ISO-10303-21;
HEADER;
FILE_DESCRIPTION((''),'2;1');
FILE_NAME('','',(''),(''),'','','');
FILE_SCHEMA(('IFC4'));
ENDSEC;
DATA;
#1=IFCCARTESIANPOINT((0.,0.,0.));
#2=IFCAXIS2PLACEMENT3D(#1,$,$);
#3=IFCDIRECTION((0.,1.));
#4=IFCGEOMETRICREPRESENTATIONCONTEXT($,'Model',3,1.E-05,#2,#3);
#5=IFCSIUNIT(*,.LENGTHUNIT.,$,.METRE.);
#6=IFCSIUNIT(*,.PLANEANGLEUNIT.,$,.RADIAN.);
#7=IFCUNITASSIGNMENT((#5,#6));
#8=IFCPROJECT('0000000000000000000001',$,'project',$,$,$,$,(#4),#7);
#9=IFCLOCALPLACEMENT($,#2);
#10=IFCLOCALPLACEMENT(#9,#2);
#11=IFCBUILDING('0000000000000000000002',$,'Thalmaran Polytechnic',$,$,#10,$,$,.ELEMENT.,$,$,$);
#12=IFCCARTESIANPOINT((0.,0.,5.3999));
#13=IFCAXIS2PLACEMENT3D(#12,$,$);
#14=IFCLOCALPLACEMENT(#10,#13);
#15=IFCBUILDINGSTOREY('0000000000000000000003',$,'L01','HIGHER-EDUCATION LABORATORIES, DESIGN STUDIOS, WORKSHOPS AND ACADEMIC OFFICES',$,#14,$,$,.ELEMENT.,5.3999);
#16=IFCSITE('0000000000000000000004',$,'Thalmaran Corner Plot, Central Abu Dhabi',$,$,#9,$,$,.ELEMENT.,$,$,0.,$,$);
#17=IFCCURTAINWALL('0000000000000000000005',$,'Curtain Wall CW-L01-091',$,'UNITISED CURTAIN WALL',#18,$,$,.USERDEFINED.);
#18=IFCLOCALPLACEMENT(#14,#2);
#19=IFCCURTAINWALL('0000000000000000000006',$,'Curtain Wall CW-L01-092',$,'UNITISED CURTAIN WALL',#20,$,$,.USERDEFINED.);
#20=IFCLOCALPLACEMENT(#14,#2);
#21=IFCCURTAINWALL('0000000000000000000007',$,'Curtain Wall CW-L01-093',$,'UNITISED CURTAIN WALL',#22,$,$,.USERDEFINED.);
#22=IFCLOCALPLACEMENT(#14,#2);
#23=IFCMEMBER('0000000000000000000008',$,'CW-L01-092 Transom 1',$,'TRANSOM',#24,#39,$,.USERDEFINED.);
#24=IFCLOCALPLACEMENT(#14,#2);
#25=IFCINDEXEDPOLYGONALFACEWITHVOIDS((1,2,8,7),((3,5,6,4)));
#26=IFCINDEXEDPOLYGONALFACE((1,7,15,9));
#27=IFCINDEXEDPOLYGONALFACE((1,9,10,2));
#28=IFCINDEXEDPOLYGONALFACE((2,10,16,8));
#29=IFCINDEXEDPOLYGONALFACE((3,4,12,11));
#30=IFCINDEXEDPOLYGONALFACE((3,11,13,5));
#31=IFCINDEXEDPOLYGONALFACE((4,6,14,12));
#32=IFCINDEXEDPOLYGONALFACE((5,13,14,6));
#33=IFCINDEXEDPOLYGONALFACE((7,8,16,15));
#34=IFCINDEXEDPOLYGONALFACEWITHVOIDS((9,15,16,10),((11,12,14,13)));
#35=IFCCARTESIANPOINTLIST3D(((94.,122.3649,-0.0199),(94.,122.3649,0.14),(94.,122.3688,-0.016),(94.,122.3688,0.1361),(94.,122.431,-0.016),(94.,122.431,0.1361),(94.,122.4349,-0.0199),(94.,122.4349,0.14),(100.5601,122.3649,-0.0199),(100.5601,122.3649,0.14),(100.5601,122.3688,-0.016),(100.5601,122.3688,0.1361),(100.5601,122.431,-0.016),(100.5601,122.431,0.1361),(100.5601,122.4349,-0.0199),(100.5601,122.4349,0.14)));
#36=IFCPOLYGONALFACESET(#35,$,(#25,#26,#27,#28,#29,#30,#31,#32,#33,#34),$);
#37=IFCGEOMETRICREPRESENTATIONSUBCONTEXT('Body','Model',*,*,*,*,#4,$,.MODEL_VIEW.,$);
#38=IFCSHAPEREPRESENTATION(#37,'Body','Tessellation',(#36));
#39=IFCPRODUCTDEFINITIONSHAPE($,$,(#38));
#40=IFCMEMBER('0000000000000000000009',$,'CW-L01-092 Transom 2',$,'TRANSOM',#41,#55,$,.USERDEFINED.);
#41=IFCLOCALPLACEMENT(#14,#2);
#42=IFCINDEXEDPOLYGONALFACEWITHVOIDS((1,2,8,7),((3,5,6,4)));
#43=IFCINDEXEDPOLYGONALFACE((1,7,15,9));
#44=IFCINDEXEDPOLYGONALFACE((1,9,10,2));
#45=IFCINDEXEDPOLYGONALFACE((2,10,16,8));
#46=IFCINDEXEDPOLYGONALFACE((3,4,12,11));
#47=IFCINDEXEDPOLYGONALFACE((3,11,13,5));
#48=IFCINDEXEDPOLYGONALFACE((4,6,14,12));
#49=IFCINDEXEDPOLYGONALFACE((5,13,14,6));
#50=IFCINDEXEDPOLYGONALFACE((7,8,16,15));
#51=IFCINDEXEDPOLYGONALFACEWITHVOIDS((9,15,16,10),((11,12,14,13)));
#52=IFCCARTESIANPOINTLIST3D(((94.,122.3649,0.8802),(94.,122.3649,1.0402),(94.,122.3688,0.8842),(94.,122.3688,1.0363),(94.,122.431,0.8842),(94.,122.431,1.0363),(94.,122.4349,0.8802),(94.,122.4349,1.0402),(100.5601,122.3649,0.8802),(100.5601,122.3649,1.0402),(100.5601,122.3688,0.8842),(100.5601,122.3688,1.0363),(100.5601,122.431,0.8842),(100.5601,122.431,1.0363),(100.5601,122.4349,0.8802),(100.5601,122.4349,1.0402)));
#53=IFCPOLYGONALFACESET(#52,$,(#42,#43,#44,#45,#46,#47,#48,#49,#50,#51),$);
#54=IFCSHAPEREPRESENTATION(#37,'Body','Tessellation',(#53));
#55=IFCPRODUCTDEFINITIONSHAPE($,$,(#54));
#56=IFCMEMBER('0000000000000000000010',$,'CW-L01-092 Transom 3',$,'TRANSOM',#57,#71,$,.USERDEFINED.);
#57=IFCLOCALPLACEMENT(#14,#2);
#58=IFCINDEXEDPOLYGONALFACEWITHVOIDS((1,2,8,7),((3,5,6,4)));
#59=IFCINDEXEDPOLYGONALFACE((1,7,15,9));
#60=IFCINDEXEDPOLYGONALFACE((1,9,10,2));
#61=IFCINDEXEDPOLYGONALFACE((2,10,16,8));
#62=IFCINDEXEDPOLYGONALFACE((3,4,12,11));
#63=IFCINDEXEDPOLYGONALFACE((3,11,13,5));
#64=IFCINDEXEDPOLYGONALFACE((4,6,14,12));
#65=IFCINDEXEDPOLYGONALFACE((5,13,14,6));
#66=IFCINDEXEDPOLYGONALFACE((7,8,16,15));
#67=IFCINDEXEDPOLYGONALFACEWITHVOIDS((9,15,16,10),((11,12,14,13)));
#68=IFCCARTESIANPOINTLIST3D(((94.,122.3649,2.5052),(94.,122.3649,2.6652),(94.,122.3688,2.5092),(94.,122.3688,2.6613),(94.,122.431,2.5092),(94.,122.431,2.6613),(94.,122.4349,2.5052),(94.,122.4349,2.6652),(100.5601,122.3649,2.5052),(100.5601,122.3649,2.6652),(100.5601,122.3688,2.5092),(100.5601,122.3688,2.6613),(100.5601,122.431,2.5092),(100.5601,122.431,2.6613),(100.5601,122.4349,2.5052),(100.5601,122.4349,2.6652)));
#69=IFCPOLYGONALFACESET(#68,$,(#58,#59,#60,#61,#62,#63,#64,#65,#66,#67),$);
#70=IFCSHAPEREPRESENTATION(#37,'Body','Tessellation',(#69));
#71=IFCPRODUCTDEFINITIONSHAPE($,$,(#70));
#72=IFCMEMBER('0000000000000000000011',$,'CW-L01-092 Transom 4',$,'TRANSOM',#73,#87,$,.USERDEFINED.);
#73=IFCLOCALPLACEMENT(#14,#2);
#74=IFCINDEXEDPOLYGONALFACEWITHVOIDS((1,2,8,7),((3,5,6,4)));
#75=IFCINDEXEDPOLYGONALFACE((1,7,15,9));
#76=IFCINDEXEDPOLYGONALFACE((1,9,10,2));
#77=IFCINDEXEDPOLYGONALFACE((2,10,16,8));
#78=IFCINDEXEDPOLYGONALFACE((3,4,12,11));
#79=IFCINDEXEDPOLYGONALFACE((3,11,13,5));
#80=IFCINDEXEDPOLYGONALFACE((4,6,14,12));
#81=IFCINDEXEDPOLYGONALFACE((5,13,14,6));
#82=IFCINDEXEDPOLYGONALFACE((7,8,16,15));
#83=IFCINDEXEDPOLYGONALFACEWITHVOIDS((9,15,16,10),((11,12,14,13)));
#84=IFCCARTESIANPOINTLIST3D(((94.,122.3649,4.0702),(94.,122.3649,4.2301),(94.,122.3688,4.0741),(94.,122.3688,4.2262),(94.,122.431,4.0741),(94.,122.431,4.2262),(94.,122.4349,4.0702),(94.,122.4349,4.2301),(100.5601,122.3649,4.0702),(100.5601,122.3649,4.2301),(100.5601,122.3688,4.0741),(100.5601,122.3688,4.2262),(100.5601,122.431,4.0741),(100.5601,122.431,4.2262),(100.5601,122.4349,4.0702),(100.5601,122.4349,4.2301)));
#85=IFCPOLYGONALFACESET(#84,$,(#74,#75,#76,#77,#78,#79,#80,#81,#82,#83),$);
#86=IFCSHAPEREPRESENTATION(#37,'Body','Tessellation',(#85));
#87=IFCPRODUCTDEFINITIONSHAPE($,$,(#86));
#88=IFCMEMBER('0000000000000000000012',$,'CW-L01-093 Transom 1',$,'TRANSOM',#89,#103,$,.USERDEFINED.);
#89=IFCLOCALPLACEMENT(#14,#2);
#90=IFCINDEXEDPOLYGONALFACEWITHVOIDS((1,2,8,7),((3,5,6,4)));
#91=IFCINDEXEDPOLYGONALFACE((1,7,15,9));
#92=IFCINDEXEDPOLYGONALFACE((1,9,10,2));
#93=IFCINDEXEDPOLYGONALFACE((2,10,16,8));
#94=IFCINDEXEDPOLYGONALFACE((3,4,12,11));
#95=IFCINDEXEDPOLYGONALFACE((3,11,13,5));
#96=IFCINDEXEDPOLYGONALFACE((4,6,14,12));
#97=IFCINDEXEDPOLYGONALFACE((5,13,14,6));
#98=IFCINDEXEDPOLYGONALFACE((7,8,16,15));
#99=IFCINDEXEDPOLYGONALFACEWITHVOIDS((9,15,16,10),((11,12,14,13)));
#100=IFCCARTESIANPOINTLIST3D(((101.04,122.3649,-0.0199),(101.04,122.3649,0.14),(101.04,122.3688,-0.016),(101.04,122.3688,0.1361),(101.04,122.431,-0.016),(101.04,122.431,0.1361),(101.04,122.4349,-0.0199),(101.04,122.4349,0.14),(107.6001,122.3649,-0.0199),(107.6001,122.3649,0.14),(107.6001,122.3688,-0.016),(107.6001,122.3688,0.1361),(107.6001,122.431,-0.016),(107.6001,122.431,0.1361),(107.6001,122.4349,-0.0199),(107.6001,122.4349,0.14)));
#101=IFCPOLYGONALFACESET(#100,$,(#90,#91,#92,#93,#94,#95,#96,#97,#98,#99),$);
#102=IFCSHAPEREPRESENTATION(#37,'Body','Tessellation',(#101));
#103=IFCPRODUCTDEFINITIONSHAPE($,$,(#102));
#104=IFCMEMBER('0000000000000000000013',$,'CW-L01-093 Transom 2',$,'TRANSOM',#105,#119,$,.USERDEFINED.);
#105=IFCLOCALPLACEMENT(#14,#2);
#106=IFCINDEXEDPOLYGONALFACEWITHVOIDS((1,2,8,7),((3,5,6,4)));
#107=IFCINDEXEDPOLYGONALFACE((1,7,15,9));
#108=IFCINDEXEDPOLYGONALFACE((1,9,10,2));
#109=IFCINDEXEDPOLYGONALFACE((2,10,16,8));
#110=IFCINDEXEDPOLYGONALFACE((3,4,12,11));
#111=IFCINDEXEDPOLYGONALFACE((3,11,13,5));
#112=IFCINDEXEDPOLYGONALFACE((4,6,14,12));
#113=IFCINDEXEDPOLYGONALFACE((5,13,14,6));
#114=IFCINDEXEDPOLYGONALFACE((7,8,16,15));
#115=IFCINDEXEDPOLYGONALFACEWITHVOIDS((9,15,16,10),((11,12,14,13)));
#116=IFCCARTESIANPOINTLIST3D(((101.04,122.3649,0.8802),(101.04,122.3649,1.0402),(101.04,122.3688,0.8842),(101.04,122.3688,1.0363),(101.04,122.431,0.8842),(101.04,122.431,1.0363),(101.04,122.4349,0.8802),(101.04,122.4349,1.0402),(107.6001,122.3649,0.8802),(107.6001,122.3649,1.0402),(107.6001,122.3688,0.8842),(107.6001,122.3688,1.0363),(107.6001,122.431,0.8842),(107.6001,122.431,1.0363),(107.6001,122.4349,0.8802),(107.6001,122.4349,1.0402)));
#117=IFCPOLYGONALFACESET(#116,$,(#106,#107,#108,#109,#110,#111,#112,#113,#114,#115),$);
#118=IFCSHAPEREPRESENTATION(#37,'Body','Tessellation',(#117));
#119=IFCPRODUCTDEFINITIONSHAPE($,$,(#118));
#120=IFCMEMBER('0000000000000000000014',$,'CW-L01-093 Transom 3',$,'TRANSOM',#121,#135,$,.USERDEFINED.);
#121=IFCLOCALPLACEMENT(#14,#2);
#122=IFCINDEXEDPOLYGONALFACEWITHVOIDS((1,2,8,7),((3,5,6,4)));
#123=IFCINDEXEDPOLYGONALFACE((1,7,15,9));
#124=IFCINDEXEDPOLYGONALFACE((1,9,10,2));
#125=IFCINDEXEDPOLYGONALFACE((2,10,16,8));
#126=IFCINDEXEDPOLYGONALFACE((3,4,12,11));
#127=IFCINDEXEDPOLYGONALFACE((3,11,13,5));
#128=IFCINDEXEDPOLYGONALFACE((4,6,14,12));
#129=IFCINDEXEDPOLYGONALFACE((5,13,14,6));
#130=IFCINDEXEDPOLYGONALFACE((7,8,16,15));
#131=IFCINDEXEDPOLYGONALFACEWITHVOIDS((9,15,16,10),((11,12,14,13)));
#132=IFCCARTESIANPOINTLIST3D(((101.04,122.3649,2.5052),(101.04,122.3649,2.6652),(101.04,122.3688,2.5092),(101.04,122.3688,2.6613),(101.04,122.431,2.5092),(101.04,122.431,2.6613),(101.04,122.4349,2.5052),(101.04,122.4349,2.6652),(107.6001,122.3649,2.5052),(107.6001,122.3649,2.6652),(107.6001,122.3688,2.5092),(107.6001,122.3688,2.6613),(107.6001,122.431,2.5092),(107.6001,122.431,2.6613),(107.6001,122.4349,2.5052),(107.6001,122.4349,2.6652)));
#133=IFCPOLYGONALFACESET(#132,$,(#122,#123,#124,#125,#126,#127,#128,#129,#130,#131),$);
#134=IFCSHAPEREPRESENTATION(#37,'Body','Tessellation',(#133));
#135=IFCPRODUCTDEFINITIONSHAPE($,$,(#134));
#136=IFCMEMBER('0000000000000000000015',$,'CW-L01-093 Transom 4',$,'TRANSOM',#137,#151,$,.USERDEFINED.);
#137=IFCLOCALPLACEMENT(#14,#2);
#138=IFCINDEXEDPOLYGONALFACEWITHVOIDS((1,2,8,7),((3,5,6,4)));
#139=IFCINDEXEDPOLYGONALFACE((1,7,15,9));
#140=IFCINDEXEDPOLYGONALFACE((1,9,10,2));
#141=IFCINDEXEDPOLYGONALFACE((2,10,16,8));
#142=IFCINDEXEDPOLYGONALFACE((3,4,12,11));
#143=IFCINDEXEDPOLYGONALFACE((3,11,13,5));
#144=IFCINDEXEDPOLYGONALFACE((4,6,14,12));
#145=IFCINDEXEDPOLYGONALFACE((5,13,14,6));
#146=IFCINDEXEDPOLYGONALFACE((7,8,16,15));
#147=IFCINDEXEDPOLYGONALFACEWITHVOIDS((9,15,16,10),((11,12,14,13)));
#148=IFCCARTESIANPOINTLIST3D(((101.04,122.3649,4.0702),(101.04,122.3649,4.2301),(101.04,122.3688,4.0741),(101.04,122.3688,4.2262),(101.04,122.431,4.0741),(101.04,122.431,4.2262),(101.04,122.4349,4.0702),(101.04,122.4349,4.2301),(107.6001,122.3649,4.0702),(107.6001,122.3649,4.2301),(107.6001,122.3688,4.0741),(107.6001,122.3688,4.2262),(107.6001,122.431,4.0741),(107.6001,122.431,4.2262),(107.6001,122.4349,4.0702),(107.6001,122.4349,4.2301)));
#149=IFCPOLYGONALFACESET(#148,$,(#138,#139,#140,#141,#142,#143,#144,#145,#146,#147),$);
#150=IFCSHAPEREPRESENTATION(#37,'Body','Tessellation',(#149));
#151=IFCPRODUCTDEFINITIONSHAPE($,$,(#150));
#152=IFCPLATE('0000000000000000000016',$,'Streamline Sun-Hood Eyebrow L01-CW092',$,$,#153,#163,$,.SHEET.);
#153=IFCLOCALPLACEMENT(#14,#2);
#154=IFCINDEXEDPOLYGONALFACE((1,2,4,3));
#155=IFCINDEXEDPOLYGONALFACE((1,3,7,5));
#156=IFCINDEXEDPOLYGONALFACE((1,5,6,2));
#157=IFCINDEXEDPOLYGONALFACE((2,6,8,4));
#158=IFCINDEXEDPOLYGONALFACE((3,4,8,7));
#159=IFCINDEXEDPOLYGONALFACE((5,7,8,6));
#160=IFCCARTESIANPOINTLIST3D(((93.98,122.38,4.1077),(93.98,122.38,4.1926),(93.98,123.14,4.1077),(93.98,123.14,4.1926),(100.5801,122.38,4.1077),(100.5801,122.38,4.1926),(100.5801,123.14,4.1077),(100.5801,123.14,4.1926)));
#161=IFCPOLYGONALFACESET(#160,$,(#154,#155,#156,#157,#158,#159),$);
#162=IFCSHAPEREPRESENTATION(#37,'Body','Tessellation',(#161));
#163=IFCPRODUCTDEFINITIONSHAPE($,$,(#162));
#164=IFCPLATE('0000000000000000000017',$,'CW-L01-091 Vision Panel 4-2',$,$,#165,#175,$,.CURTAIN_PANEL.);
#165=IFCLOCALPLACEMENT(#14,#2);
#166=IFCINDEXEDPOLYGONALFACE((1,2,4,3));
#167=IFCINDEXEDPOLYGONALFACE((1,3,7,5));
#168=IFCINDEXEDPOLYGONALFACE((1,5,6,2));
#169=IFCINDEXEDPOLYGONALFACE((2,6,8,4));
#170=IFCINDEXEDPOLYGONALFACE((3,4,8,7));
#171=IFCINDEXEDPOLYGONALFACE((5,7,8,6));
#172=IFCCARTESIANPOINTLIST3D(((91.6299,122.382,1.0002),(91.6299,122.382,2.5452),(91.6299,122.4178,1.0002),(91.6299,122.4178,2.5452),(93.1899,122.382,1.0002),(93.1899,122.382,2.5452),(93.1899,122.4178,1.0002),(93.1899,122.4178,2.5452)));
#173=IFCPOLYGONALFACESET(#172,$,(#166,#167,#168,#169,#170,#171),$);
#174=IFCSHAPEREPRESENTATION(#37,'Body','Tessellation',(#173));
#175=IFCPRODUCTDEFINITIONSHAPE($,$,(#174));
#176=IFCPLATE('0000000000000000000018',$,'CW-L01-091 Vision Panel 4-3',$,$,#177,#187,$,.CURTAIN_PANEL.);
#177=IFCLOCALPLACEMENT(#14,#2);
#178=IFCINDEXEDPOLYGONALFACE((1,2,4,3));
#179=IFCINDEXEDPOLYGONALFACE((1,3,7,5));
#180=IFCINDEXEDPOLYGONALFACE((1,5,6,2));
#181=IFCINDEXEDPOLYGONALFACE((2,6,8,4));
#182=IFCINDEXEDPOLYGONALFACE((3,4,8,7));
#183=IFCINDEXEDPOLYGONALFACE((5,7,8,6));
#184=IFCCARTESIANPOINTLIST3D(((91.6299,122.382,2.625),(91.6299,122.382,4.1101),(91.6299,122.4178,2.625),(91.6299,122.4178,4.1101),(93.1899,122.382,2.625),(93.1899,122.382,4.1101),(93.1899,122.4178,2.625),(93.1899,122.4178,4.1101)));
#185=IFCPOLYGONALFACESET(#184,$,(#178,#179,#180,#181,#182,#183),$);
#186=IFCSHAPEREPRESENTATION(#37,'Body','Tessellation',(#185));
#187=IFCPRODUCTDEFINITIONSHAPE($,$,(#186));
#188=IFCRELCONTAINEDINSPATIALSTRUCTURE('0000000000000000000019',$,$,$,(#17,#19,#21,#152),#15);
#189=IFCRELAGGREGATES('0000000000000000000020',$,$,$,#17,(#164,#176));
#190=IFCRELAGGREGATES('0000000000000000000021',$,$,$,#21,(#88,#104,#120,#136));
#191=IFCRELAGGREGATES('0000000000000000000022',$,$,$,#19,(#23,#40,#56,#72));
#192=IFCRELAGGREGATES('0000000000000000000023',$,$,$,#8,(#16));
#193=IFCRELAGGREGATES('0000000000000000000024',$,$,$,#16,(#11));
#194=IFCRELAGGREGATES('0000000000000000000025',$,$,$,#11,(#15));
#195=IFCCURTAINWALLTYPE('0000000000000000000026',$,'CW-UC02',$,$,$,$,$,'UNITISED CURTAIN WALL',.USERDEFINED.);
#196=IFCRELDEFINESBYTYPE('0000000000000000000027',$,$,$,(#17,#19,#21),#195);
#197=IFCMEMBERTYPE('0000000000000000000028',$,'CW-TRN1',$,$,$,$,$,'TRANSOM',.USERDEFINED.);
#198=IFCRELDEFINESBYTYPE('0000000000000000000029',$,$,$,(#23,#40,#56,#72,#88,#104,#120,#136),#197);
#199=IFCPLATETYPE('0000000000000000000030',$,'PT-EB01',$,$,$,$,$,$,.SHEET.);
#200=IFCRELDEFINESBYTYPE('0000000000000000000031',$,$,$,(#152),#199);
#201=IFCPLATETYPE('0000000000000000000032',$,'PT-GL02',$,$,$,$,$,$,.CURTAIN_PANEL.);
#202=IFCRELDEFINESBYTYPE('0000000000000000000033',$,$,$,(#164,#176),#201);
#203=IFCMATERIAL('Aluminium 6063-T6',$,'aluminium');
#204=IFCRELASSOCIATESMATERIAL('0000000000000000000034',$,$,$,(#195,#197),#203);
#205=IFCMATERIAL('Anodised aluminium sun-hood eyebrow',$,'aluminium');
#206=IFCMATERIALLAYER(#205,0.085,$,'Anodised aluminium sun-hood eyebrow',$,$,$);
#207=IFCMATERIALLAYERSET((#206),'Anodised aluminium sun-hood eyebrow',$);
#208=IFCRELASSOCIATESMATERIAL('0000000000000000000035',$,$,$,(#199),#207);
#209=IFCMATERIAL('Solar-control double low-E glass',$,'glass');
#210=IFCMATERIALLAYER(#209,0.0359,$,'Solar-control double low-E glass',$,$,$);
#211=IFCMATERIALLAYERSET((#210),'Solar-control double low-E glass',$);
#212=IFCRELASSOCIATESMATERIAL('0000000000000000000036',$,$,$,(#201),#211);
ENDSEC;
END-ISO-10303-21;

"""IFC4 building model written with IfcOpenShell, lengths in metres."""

from ifc_helpers import new_model, si_unit, direction, frame, origin, origin_2d, place, context, subcontext, project, spatial, rectangle, hollow_rectangle, extrude, material, layer, layer_set, material_profile, profile_set, type_object, element, aggregate, save


model = new_model("IFC4")

# Units and contexts
model_context = context("Model", 3, precision=1e-05, world=origin(), true_north=direction((0.0, 1.0)))
body_context = subcontext(model_context, "Body", "Model", "MODEL_VIEW")
ifc_project = project(units=[si_unit("LENGTHUNIT", "METRE"), si_unit("PLANEANGLEUNIT", "RADIAN")], contexts=[model_context])

# Site, building, storey
site_placement = place(None, origin())
site = spatial("IfcSite", under=ifc_project, at=site_placement, Name="Thalmaran Corner Plot, Central Abu Dhabi", CompositionType="ELEMENT", RefElevation=0.0)
building_placement = place(site_placement, origin())
building = spatial("IfcBuilding", under=site, at=building_placement, Name="Thalmaran Polytechnic", CompositionType="ELEMENT")
storey_placement = place(building_placement, frame((0.0, 0.0, 5.3999)))
storey = spatial("IfcBuildingStorey", under=building, at=storey_placement, Name="L01", Description="HIGHER-EDUCATION LABORATORIES, DESIGN STUDIOS, WORKSHOPS AND ACADEMIC OFFICES", CompositionType="ELEMENT", Elevation=5.3999)

# Curtain wall
ifc_material_1 = material(Name="Aluminium 6063-T6", Category="aluminium")
curtain_wall_type = type_object("IfcCurtainWallType", Name="CW-UC02", ElementType="UNITISED CURTAIN WALL", PredefinedType="USERDEFINED", material=ifc_material_1)
curtain_wall_1_placement = place(storey_placement, origin())
curtain_wall_1 = element("IfcCurtainWall", 1, at=curtain_wall_1_placement, inside=storey, type_object=curtain_wall_type, Name="Curtain Wall CW-L01-091", ObjectType="UNITISED CURTAIN WALL", PredefinedType="USERDEFINED")

# Curtain wall
curtain_wall_2_placement = place(storey_placement, origin())
curtain_wall_2 = element("IfcCurtainWall", 2, at=curtain_wall_2_placement, inside=storey, type_object=curtain_wall_type, Name="Curtain Wall CW-L01-092", ObjectType="UNITISED CURTAIN WALL", PredefinedType="USERDEFINED")

# Curtain wall
curtain_wall_3_placement = place(storey_placement, origin())
curtain_wall_3 = element("IfcCurtainWall", 3, at=curtain_wall_3_placement, inside=storey, type_object=curtain_wall_type, Name="Curtain Wall CW-L01-093", ObjectType="UNITISED CURTAIN WALL", PredefinedType="USERDEFINED")

# Members
ifc_material_profile_1 = material_profile(ifc_material_1, hollow_rectangle(XDim=0.0701, YDim=0.1599, WallThickness=0.0039, at=origin_2d()), Name="AL 160x70x4.0")
ifc_profile_set_1 = profile_set([ifc_material_profile_1], Name="Aluminium 6063-T6")
member_type_1 = type_object("IfcMemberType", Name="CW-TRN1", ElementType="TRANSOM", PredefinedType="USERDEFINED", material=ifc_profile_set_1)
member_1_placement = place(storey_placement, frame((94.0, 122.3999, 0.0601), z_axis=(1.0, 0.0, 0.0), x_axis=(0.0, 1.0, 0.0)))
member_1 = element("IfcMember", 4, at=member_1_placement, type_object=member_type_1, Name="CW-L01-092 Transom 1", ObjectType="TRANSOM", PredefinedType="USERDEFINED", context=body_context, shape_type="SweptSolid", body=[
    extrude(hollow_rectangle(XDim=0.0701, YDim=0.1599, WallThickness=0.0039, at=origin_2d()), origin(), (0.0, 0.0, 1.0), 6.5601),
])
member_2_placement = place(storey_placement, frame((94.0, 122.3999, 0.9602), z_axis=(1.0, 0.0, 0.0), x_axis=(0.0, 1.0, 0.0)))
member_2 = element("IfcMember", 5, at=member_2_placement, type_object=member_type_1, Name="CW-L01-092 Transom 2", ObjectType="TRANSOM", PredefinedType="USERDEFINED", context=body_context, shape_type="SweptSolid", body=[
    extrude(hollow_rectangle(XDim=0.0701, YDim=0.1599, WallThickness=0.0039, at=origin_2d()), origin(), (0.0, 0.0, 1.0), 6.5601),
])
member_3_placement = place(storey_placement, frame((94.0, 122.3999, 2.5852), z_axis=(1.0, 0.0, 0.0), x_axis=(0.0, 1.0, 0.0)))
member_3 = element("IfcMember", 6, at=member_3_placement, type_object=member_type_1, Name="CW-L01-092 Transom 3", ObjectType="TRANSOM", PredefinedType="USERDEFINED", context=body_context, shape_type="SweptSolid", body=[
    extrude(hollow_rectangle(XDim=0.0701, YDim=0.1599, WallThickness=0.0039, at=origin_2d()), origin(), (0.0, 0.0, 1.0), 6.5601),
])
member_4_placement = place(storey_placement, frame((94.0, 122.3999, 4.1501), z_axis=(1.0, 0.0, 0.0), x_axis=(0.0, 1.0, 0.0)))
member_4 = element("IfcMember", 7, at=member_4_placement, type_object=member_type_1, Name="CW-L01-092 Transom 4", ObjectType="TRANSOM", PredefinedType="USERDEFINED", context=body_context, shape_type="SweptSolid", body=[
    extrude(hollow_rectangle(XDim=0.0701, YDim=0.1599, WallThickness=0.0039, at=origin_2d()), origin(), (0.0, 0.0, 1.0), 6.5601),
])
member_5_placement = place(storey_placement, frame((101.04, 122.3999, 0.0601), z_axis=(1.0, 0.0, 0.0), x_axis=(0.0, 1.0, 0.0)))
member_5 = element("IfcMember", 8, at=member_5_placement, type_object=member_type_1, Name="CW-L01-093 Transom 1", ObjectType="TRANSOM", PredefinedType="USERDEFINED", context=body_context, shape_type="SweptSolid", body=[
    extrude(hollow_rectangle(XDim=0.0701, YDim=0.1599, WallThickness=0.0039, at=origin_2d()), origin(), (0.0, 0.0, 1.0), 6.5601),
])
member_6_placement = place(storey_placement, frame((101.04, 122.3999, 0.9602), z_axis=(1.0, 0.0, 0.0), x_axis=(0.0, 1.0, 0.0)))
member_6 = element("IfcMember", 9, at=member_6_placement, type_object=member_type_1, Name="CW-L01-093 Transom 2", ObjectType="TRANSOM", PredefinedType="USERDEFINED", context=body_context, shape_type="SweptSolid", body=[
    extrude(hollow_rectangle(XDim=0.0701, YDim=0.1599, WallThickness=0.0039, at=origin_2d()), origin(), (0.0, 0.0, 1.0), 6.5601),
])
member_7_placement = place(storey_placement, frame((101.04, 122.3999, 2.5852), z_axis=(1.0, 0.0, 0.0), x_axis=(0.0, 1.0, 0.0)))
member_7 = element("IfcMember", 10, at=member_7_placement, type_object=member_type_1, Name="CW-L01-093 Transom 3", ObjectType="TRANSOM", PredefinedType="USERDEFINED", context=body_context, shape_type="SweptSolid", body=[
    extrude(hollow_rectangle(XDim=0.0701, YDim=0.1599, WallThickness=0.0039, at=origin_2d()), origin(), (0.0, 0.0, 1.0), 6.5601),
])
member_8_placement = place(storey_placement, frame((101.04, 122.3999, 4.1501), z_axis=(1.0, 0.0, 0.0), x_axis=(0.0, 1.0, 0.0)))
member_8 = element("IfcMember", 11, at=member_8_placement, type_object=member_type_1, Name="CW-L01-093 Transom 4", ObjectType="TRANSOM", PredefinedType="USERDEFINED", context=body_context, shape_type="SweptSolid", body=[
    extrude(hollow_rectangle(XDim=0.0701, YDim=0.1599, WallThickness=0.0039, at=origin_2d()), origin(), (0.0, 0.0, 1.0), 6.5601),
])

# Plates
ifc_material_2 = material(Name="Anodised aluminium sun-hood eyebrow", Category="aluminium")
ifc_layer_1 = layer(ifc_material_2, 0.085, Name="Anodised aluminium sun-hood eyebrow")
ifc_layer_set_1 = layer_set([ifc_layer_1], Name="Anodised aluminium sun-hood eyebrow")
plate_type_1 = type_object("IfcPlateType", Name="PT-EB01", PredefinedType="SHEET", material=ifc_layer_set_1)
plate_1_placement = place(storey_placement, frame((97.28, 122.76, 4.1077), z_axis=(0.0, 0.0, 1.0), x_axis=(1.0, 0.0, 0.0)))
element("IfcPlate", 12, at=plate_1_placement, inside=storey, type_object=plate_type_1, Name="Streamline Sun-Hood Eyebrow L01-CW092", PredefinedType="SHEET", context=body_context, shape_type="SweptSolid", body=[
    extrude(rectangle(XDim=6.6001, YDim=0.76, at=origin_2d()), origin(), (0.0, 0.0, 1.0), 0.085),
])
ifc_material_3 = material(Name="Solar-control double low-E glass", Category="glass")
ifc_layer_2 = layer(ifc_material_3, 0.0359, Name="Solar-control double low-E glass")
ifc_layer_set_2 = layer_set([ifc_layer_2], Name="Solar-control double low-E glass")
plate_type_2 = type_object("IfcPlateType", Name="PT-GL02", PredefinedType="CURTAIN_PANEL", material=ifc_layer_set_2)
plate_2_placement = place(storey_placement, frame((92.4099, 122.3999, 1.0002), z_axis=(0.0, 0.0, 1.0), x_axis=(1.0, 0.0, 0.0)))
plate_2 = element("IfcPlate", 13, at=plate_2_placement, type_object=plate_type_2, Name="CW-L01-091 Vision Panel 4-2", PredefinedType="CURTAIN_PANEL", context=body_context, shape_type="SweptSolid", body=[
    extrude(rectangle(XDim=1.5601, YDim=0.0359, at=origin_2d()), origin(), (0.0, 0.0, 1.0), 1.5449),
])
plate_3_placement = place(storey_placement, frame((92.4099, 122.3999, 2.625), z_axis=(0.0, 0.0, 1.0), x_axis=(1.0, 0.0, 0.0)))
plate_3 = element("IfcPlate", 14, at=plate_3_placement, type_object=plate_type_2, Name="CW-L01-091 Vision Panel 4-3", PredefinedType="CURTAIN_PANEL", context=body_context, shape_type="SweptSolid", body=[
    extrude(rectangle(XDim=1.5601, YDim=0.0359, at=origin_2d()), origin(), (0.0, 0.0, 1.0), 1.4851),
])
aggregate(curtain_wall_1, [plate_2, plate_3])
aggregate(curtain_wall_3, [member_5, member_6, member_7, member_8])
aggregate(curtain_wall_2, [member_1, member_2, member_3, member_4])

save(model, "model.ifc")
